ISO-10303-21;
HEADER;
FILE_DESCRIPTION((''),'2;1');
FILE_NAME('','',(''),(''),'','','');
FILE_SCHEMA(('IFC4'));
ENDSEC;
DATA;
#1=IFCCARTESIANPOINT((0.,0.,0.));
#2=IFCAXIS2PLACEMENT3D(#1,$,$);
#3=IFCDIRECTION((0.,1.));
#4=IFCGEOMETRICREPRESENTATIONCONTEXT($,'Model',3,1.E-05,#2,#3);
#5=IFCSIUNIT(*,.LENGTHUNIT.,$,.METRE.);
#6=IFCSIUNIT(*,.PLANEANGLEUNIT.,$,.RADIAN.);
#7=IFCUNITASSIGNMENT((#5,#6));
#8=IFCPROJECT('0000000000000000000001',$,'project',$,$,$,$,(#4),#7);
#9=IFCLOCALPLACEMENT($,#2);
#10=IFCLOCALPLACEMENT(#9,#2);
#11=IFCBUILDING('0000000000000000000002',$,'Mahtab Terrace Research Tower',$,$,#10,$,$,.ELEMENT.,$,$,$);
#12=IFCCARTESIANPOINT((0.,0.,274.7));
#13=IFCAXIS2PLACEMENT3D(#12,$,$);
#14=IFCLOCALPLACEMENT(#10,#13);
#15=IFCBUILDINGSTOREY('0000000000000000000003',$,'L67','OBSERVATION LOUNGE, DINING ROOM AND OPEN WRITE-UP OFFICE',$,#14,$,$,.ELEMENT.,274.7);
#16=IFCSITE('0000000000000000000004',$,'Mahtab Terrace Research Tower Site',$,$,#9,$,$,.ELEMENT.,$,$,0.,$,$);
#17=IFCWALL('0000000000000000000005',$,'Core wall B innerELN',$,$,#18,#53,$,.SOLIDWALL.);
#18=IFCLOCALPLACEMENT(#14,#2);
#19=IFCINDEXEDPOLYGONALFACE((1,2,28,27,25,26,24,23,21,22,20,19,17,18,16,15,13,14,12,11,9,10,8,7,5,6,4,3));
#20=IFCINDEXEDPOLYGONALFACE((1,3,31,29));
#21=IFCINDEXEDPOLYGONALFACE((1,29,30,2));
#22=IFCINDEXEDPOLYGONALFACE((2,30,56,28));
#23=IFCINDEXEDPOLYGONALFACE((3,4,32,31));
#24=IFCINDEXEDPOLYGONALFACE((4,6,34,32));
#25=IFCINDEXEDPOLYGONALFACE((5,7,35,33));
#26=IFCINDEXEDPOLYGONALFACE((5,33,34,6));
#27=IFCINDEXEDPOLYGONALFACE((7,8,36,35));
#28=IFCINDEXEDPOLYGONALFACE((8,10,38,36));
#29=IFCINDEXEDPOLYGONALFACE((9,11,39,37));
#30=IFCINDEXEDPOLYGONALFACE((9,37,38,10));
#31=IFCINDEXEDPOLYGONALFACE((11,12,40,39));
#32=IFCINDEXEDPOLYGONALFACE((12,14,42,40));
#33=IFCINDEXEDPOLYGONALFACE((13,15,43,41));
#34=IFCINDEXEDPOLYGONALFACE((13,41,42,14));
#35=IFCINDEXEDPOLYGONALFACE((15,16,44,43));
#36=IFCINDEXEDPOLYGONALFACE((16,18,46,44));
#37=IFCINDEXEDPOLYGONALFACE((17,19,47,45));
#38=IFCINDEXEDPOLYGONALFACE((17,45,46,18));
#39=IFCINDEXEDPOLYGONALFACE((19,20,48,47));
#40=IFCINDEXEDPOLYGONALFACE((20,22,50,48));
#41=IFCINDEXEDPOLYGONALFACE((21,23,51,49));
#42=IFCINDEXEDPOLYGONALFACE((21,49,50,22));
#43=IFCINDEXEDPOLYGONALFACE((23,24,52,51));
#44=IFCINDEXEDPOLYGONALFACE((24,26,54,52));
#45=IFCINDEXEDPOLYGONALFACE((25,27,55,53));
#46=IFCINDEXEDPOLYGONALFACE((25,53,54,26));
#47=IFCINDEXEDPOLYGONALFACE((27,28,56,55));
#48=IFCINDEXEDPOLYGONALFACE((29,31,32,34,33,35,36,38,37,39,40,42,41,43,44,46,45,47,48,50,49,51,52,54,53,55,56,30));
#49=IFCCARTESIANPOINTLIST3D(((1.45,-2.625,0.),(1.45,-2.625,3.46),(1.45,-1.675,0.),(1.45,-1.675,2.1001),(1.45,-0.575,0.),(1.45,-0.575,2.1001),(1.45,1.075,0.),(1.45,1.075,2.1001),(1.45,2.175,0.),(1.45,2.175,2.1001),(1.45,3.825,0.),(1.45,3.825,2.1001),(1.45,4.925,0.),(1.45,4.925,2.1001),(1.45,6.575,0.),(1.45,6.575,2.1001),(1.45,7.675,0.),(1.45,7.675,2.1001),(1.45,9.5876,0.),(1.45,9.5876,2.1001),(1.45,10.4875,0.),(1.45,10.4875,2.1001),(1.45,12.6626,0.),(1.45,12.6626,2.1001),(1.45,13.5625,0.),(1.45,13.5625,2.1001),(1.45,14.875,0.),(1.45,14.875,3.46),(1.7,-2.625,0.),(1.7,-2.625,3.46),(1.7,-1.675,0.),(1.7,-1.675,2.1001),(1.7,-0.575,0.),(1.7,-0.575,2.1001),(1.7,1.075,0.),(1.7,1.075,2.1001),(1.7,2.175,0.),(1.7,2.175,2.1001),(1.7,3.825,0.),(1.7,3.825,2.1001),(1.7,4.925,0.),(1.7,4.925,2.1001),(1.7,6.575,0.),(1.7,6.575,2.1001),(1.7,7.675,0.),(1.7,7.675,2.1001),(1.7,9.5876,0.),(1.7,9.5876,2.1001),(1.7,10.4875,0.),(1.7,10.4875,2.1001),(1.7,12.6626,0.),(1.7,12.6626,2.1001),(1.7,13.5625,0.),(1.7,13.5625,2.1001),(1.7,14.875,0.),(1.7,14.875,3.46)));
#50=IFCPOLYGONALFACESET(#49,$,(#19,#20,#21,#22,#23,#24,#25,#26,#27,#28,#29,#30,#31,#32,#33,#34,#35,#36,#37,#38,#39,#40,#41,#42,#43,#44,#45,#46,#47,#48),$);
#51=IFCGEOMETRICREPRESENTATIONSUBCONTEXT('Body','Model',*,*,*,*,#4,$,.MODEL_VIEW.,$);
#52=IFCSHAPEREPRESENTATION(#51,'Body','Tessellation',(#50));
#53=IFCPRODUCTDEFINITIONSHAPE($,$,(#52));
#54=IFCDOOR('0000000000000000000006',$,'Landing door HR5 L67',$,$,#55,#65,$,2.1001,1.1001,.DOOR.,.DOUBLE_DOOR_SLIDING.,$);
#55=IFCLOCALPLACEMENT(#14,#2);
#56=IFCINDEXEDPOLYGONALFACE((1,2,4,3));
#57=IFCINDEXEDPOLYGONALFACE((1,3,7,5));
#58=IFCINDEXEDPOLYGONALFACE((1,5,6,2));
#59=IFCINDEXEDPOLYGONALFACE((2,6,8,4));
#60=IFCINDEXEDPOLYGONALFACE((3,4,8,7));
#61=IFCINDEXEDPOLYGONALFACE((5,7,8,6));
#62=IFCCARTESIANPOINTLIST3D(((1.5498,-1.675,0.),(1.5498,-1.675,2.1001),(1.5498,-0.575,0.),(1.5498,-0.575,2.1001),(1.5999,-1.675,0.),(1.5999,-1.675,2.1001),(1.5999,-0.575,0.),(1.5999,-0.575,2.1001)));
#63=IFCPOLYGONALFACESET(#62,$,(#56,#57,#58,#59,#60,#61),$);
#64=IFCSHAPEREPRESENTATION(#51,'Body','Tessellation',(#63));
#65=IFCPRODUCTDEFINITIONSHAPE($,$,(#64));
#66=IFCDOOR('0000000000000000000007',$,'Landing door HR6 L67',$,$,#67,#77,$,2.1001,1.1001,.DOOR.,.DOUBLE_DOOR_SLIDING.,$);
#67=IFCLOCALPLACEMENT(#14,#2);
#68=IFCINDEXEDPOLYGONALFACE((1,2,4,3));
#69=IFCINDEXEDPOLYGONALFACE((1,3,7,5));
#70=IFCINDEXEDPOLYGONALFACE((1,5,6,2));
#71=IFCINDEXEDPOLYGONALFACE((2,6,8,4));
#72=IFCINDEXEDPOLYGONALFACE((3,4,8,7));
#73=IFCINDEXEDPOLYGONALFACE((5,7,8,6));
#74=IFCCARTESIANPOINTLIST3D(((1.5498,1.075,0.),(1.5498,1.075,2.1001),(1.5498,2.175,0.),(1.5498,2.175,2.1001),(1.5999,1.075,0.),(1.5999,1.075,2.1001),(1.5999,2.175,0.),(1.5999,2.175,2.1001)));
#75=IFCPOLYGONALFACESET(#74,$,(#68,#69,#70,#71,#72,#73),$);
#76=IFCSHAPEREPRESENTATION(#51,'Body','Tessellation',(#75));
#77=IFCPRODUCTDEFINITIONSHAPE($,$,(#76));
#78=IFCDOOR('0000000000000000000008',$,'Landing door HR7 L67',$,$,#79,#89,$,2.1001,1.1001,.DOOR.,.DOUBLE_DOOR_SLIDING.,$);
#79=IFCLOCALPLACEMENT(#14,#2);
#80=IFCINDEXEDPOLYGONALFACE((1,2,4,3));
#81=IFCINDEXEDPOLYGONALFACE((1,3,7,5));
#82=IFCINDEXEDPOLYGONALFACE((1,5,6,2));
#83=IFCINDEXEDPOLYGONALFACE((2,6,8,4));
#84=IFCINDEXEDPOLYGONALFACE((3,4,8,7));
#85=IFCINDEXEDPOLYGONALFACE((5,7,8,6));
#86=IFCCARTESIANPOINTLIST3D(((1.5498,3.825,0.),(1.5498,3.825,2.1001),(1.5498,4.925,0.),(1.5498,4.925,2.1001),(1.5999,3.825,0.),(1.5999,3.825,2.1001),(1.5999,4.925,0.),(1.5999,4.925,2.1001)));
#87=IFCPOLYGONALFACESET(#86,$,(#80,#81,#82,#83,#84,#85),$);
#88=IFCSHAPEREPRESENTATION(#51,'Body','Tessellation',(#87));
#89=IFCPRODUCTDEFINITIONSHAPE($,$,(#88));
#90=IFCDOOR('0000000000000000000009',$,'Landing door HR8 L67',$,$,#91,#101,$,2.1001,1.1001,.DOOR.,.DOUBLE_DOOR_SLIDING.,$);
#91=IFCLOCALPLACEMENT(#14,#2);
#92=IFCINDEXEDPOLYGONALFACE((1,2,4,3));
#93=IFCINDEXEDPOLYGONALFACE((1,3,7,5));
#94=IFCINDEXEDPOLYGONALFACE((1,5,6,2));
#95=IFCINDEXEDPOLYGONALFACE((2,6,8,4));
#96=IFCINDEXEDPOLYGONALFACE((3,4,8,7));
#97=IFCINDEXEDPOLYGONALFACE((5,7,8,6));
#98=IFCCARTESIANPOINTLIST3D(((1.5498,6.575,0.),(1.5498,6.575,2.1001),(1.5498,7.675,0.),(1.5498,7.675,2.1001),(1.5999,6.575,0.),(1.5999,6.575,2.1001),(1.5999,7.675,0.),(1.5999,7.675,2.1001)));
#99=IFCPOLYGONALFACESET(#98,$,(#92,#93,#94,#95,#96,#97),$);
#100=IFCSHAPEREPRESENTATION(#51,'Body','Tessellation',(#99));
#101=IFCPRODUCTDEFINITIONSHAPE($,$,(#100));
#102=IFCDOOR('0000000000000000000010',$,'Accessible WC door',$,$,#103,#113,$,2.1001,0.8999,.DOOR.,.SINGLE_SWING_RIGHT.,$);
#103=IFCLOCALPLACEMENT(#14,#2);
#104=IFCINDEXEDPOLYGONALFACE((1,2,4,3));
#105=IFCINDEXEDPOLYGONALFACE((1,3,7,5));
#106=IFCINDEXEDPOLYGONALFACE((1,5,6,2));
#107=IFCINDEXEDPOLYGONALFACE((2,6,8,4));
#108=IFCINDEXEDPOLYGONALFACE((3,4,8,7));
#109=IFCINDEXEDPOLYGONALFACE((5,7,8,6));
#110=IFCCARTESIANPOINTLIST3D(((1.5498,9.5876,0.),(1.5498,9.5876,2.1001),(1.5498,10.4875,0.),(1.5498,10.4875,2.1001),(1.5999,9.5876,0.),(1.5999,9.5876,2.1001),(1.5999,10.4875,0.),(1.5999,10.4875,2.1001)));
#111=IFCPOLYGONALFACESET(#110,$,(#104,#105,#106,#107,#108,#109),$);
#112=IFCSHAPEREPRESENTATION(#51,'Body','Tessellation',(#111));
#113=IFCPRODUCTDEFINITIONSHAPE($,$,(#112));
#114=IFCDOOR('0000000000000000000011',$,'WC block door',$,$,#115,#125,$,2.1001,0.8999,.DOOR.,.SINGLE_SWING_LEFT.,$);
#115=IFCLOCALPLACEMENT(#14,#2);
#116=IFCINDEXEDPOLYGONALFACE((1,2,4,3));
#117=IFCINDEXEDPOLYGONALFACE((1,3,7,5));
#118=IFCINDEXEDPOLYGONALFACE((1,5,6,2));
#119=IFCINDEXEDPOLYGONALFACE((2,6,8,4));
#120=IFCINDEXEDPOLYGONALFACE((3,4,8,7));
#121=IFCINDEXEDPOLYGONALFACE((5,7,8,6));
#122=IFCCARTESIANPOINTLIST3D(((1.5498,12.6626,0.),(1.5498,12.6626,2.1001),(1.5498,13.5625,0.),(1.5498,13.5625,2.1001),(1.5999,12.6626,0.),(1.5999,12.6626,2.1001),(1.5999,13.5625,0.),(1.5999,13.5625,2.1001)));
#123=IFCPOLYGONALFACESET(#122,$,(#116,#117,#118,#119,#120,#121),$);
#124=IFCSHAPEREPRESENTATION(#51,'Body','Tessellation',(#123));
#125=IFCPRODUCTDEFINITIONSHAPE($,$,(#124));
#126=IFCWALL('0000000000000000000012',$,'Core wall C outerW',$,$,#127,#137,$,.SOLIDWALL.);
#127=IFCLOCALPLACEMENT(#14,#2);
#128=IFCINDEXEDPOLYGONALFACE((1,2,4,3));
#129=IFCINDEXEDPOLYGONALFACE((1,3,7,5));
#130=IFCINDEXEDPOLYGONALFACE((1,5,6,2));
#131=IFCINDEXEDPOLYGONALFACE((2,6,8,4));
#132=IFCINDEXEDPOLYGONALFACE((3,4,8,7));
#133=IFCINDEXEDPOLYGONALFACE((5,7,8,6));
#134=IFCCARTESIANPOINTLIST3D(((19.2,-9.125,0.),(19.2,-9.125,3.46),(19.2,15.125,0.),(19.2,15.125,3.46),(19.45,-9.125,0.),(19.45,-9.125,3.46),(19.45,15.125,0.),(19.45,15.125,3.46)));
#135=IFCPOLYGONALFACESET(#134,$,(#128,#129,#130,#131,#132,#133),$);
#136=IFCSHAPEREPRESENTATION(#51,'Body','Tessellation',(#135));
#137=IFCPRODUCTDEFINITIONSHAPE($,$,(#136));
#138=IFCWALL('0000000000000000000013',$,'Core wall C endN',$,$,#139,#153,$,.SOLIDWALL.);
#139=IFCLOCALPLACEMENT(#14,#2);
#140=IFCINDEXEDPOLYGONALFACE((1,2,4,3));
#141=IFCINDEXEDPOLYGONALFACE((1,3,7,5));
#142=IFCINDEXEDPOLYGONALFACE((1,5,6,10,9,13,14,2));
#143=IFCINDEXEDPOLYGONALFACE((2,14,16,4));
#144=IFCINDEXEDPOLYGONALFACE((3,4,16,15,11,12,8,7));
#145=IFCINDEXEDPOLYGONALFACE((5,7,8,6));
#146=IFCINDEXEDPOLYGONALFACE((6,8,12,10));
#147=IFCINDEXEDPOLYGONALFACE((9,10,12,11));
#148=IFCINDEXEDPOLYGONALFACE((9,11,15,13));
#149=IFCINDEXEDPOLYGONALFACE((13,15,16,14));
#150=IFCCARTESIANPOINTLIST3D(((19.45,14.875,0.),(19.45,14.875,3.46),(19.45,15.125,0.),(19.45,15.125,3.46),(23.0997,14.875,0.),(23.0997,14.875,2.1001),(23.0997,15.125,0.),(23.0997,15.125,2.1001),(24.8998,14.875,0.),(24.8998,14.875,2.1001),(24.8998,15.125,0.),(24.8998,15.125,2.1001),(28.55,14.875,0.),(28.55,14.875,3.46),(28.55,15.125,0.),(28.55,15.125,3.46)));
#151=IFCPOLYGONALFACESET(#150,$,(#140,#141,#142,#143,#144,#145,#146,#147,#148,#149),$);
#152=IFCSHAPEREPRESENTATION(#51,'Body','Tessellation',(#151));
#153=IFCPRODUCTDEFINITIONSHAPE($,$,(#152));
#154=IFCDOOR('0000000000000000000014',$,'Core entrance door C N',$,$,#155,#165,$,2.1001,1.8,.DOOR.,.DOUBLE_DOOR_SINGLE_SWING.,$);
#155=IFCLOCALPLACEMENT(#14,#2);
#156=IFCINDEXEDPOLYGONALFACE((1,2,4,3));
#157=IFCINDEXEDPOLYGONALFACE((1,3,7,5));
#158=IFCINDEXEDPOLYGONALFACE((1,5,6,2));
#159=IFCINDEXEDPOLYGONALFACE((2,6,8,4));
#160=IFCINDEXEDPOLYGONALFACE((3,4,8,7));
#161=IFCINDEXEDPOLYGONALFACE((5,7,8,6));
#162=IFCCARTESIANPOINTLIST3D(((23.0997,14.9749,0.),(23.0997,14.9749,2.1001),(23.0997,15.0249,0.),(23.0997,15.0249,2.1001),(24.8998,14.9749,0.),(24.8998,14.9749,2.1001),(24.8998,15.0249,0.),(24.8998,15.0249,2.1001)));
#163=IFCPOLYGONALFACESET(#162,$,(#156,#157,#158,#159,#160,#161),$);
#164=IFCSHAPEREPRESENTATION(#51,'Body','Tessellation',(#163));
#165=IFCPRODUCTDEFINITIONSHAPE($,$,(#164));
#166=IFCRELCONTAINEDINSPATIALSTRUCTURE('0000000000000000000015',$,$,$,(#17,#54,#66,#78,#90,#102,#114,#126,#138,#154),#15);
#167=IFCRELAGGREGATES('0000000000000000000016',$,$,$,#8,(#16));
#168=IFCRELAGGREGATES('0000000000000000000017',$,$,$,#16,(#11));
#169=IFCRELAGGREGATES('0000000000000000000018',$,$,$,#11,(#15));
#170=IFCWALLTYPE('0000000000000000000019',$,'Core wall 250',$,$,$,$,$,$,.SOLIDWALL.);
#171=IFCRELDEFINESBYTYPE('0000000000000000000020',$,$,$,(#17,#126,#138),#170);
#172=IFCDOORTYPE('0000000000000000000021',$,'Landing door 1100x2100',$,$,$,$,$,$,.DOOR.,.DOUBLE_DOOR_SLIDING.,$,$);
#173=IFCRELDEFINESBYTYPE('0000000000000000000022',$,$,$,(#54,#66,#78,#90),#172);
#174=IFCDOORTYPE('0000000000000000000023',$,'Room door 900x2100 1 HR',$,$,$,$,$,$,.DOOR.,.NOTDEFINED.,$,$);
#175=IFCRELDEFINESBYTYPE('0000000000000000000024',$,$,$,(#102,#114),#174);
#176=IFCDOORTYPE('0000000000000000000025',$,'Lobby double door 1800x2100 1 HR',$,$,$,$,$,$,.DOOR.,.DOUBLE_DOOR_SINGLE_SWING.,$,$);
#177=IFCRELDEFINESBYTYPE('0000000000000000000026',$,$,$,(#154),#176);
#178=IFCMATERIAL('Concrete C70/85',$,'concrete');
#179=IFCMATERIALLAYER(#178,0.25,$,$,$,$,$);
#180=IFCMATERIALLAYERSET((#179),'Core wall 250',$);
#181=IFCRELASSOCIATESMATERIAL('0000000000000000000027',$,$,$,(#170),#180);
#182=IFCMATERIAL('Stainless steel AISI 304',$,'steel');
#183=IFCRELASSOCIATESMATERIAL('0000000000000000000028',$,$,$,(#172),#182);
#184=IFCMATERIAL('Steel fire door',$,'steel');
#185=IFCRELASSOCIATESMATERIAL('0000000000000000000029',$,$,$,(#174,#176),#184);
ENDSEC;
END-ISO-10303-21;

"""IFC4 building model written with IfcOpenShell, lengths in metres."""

from ifc_helpers import new_model, si_unit, direction, frame, frame_2d, origin, place, context, subcontext, project, spatial, rectangle, extrude, material, layer, layer_set, type_object, element, fill, save


model = new_model("IFC4")

# Units and contexts
model_context = context("Model", 3, precision=1e-05, world=origin(), true_north=direction((0.0, 1.0)))
body_context = subcontext(model_context, "Body", "Model", "MODEL_VIEW")
ifc_project = project(units=[si_unit("LENGTHUNIT", "METRE"), si_unit("PLANEANGLEUNIT", "RADIAN")], contexts=[model_context])

# Site, building, storey
site_placement = place(None, origin())
site = spatial("IfcSite", under=ifc_project, at=site_placement, Name="Mahtab Terrace Research Tower Site", CompositionType="ELEMENT", RefElevation=0.0)
building_placement = place(site_placement, origin())
building = spatial("IfcBuilding", under=site, at=building_placement, Name="Mahtab Terrace Research Tower", CompositionType="ELEMENT")
storey_placement = place(building_placement, frame((0.0, 0.0, 274.7)))
storey = spatial("IfcBuildingStorey", under=building, at=storey_placement, Name="L67", Description="OBSERVATION LOUNGE, DINING ROOM AND OPEN WRITE-UP OFFICE", CompositionType="ELEMENT", Elevation=274.7)

# Wall, openings, doors
ifc_material_1 = material(Name="Concrete C70/85", Category="concrete")
ifc_layer_1 = layer(ifc_material_1, 0.25)
ifc_layer_set_1 = layer_set([ifc_layer_1], Name="Core wall 250")
wall_type_1 = type_object("IfcWallType", Name="Core wall 250", PredefinedType="SOLIDWALL", material=ifc_layer_set_1)
wall_1_placement = place(storey_placement, frame((1.575, 14.875, 0.0), z_axis=(0.0, 0.0, 1.0), x_axis=(0.0, -1.0, 0.0)))
wall_1 = element("IfcWall", 1, at=wall_1_placement, inside=storey, type_object=wall_type_1, Name="Core wall B innerELN", PredefinedType="SOLIDWALL", context=body_context, shape_type="SweptSolid", body=[
    extrude(rectangle(XDim=17.5, YDim=0.25, at=frame_2d((8.75, 0.0))), origin(), (0.0, 0.0, 1.0), 3.46),
])
opening_1_placement = place(wall_1_placement, frame((15.45, 0.0, 0.0)))
opening_1 = element("IfcOpeningElement", 2, at=opening_1_placement, cuts=wall_1, PredefinedType="OPENING", context=body_context, shape_type="SweptSolid", body=[
    extrude(rectangle(XDim=1.1001, YDim=2.1001, at=frame_2d((0.55, 1.05))), frame((0.0, 0.135, 0.0), z_axis=(0.0, -1.0, 0.0), x_axis=(1.0, 0.0, 0.0)), (0.0, 0.0, 1.0), 0.27),
])
opening_2_placement = place(wall_1_placement, frame((12.7, 0.0, 0.0)))
opening_2 = element("IfcOpeningElement", 3, at=opening_2_placement, cuts=wall_1, PredefinedType="OPENING", context=body_context, shape_type="SweptSolid", body=[
    extrude(rectangle(XDim=1.1001, YDim=2.1001, at=frame_2d((0.55, 1.05))), frame((0.0, 0.135, 0.0), z_axis=(0.0, -1.0, 0.0), x_axis=(1.0, 0.0, 0.0)), (0.0, 0.0, 1.0), 0.27),
])
opening_3_placement = place(wall_1_placement, frame((9.95, 0.0, 0.0)))
opening_3 = element("IfcOpeningElement", 4, at=opening_3_placement, cuts=wall_1, PredefinedType="OPENING", context=body_context, shape_type="SweptSolid", body=[
    extrude(rectangle(XDim=1.1001, YDim=2.1001, at=frame_2d((0.55, 1.05))), frame((0.0, 0.135, 0.0), z_axis=(0.0, -1.0, 0.0), x_axis=(1.0, 0.0, 0.0)), (0.0, 0.0, 1.0), 0.27),
])
opening_4_placement = place(wall_1_placement, frame((7.2, 0.0, 0.0)))
opening_4 = element("IfcOpeningElement", 5, at=opening_4_placement, cuts=wall_1, PredefinedType="OPENING", context=body_context, shape_type="SweptSolid", body=[
    extrude(rectangle(XDim=1.1001, YDim=2.1001, at=frame_2d((0.55, 1.05))), frame((0.0, 0.135, 0.0), z_axis=(0.0, -1.0, 0.0), x_axis=(1.0, 0.0, 0.0)), (0.0, 0.0, 1.0), 0.27),
])
opening_5_placement = place(wall_1_placement, frame((4.3875, 0.0, 0.0)))
opening_5 = element("IfcOpeningElement", 6, at=opening_5_placement, cuts=wall_1, PredefinedType="OPENING", context=body_context, shape_type="SweptSolid", body=[
    extrude(rectangle(XDim=0.8999, YDim=2.1001, at=frame_2d((0.45, 1.05))), frame((0.0, 0.135, 0.0), z_axis=(0.0, -1.0, 0.0), x_axis=(1.0, 0.0, 0.0)), (0.0, 0.0, 1.0), 0.27),
])
opening_6_placement = place(wall_1_placement, frame((1.3125, 0.0, 0.0)))
opening_6 = element("IfcOpeningElement", 7, at=opening_6_placement, cuts=wall_1, PredefinedType="OPENING", context=body_context, shape_type="SweptSolid", body=[
    extrude(rectangle(XDim=0.8999, YDim=2.1001, at=frame_2d((0.45, 1.05))), frame((0.0, 0.135, 0.0), z_axis=(0.0, -1.0, 0.0), x_axis=(1.0, 0.0, 0.0)), (0.0, 0.0, 1.0), 0.27),
])
ifc_material_2 = material(Name="Stainless steel AISI 304", Category="steel")
door_type_1 = type_object("IfcDoorType", Name="Landing door 1100x2100", OperationType="DOUBLE_DOOR_SLIDING", PredefinedType="DOOR", material=ifc_material_2)
door_1_placement = place(opening_1_placement, origin())
door_1 = element("IfcDoor", 8, at=door_1_placement, inside=storey, type_object=door_type_1, Name="Landing door HR5 L67", OperationType="DOUBLE_DOOR_SLIDING", OverallHeight=2.1001, OverallWidth=1.1001, PredefinedType="DOOR", context=body_context, shape_type="SweptSolid", body=[
    extrude(rectangle(XDim=1.1001, YDim=2.1001, at=frame_2d((0.55, 1.05))), frame((0.0, 0.0249, 0.0), z_axis=(0.0, -1.0, 0.0), x_axis=(1.0, 0.0, 0.0)), (0.0, 0.0, 1.0), 0.05),
])
fill(opening_1, door_1)
door_2_placement = place(opening_2_placement, origin())
door_2 = element("IfcDoor", 9, at=door_2_placement, inside=storey, type_object=door_type_1, Name="Landing door HR6 L67", OperationType="DOUBLE_DOOR_SLIDING", OverallHeight=2.1001, OverallWidth=1.1001, PredefinedType="DOOR", context=body_context, shape_type="SweptSolid", body=[
    extrude(rectangle(XDim=1.1001, YDim=2.1001, at=frame_2d((0.55, 1.05))), frame((0.0, 0.0249, 0.0), z_axis=(0.0, -1.0, 0.0), x_axis=(1.0, 0.0, 0.0)), (0.0, 0.0, 1.0), 0.05),
])
fill(opening_2, door_2)
door_3_placement = place(opening_3_placement, origin())
door_3 = element("IfcDoor", 10, at=door_3_placement, inside=storey, type_object=door_type_1, Name="Landing door HR7 L67", OperationType="DOUBLE_DOOR_SLIDING", OverallHeight=2.1001, OverallWidth=1.1001, PredefinedType="DOOR", context=body_context, shape_type="SweptSolid", body=[
    extrude(rectangle(XDim=1.1001, YDim=2.1001, at=frame_2d((0.55, 1.05))), frame((0.0, 0.0249, 0.0), z_axis=(0.0, -1.0, 0.0), x_axis=(1.0, 0.0, 0.0)), (0.0, 0.0, 1.0), 0.05),
])
fill(opening_3, door_3)
door_4_placement = place(opening_4_placement, origin())
door_4 = element("IfcDoor", 11, at=door_4_placement, inside=storey, type_object=door_type_1, Name="Landing door HR8 L67", OperationType="DOUBLE_DOOR_SLIDING", OverallHeight=2.1001, OverallWidth=1.1001, PredefinedType="DOOR", context=body_context, shape_type="SweptSolid", body=[
    extrude(rectangle(XDim=1.1001, YDim=2.1001, at=frame_2d((0.55, 1.05))), frame((0.0, 0.0249, 0.0), z_axis=(0.0, -1.0, 0.0), x_axis=(1.0, 0.0, 0.0)), (0.0, 0.0, 1.0), 0.05),
])
fill(opening_4, door_4)
ifc_material_3 = material(Name="Steel fire door", Category="steel")
door_type_2 = type_object("IfcDoorType", Name="Room door 900x2100 1 HR", OperationType="NOTDEFINED", PredefinedType="DOOR", material=ifc_material_3)
door_5_placement = place(opening_5_placement, origin())
door_5 = element("IfcDoor", 12, at=door_5_placement, inside=storey, type_object=door_type_2, Name="Accessible WC door", OperationType="SINGLE_SWING_RIGHT", OverallHeight=2.1001, OverallWidth=0.8999, PredefinedType="DOOR", context=body_context, shape_type="SweptSolid", body=[
    extrude(rectangle(XDim=0.8999, YDim=2.1001, at=frame_2d((0.45, 1.05))), frame((0.0, 0.0249, 0.0), z_axis=(0.0, -1.0, 0.0), x_axis=(1.0, 0.0, 0.0)), (0.0, 0.0, 1.0), 0.05),
])
fill(opening_5, door_5)
door_6_placement = place(opening_6_placement, origin())
door_6 = element("IfcDoor", 13, at=door_6_placement, inside=storey, type_object=door_type_2, Name="WC block door", OperationType="SINGLE_SWING_LEFT", OverallHeight=2.1001, OverallWidth=0.8999, PredefinedType="DOOR", context=body_context, shape_type="SweptSolid", body=[
    extrude(rectangle(XDim=0.8999, YDim=2.1001, at=frame_2d((0.45, 1.05))), frame((0.0, 0.0249, 0.0), z_axis=(0.0, -1.0, 0.0), x_axis=(1.0, 0.0, 0.0)), (0.0, 0.0, 1.0), 0.05),
])
fill(opening_6, door_6)

# Wall
wall_2_placement = place(storey_placement, frame((19.325, 15.125, 0.0), z_axis=(0.0, 0.0, 1.0), x_axis=(0.0, -1.0, 0.0)))
element("IfcWall", 14, at=wall_2_placement, inside=storey, type_object=wall_type_1, Name="Core wall C outerW", PredefinedType="SOLIDWALL", context=body_context, shape_type="SweptSolid", body=[
    extrude(rectangle(XDim=24.25, YDim=0.25, at=frame_2d((12.125, 0.0))), origin(), (0.0, 0.0, 1.0), 3.46),
])

# Wall, opening, door
wall_3_placement = place(storey_placement, frame((19.45, 15.0, 0.0), z_axis=(0.0, 0.0, 1.0), x_axis=(1.0, 0.0, 0.0)))
wall_3 = element("IfcWall", 15, at=wall_3_placement, inside=storey, type_object=wall_type_1, Name="Core wall C endN", PredefinedType="SOLIDWALL", context=body_context, shape_type="SweptSolid", body=[
    extrude(rectangle(XDim=9.1001, YDim=0.25, at=frame_2d((4.55, 0.0))), origin(), (0.0, 0.0, 1.0), 3.46),
])
opening_7_placement = place(wall_3_placement, frame((3.6499, 0.0, 0.0)))
opening_7 = element("IfcOpeningElement", 16, at=opening_7_placement, cuts=wall_3, PredefinedType="OPENING", context=body_context, shape_type="SweptSolid", body=[
    extrude(rectangle(XDim=1.8, YDim=2.1001, at=frame_2d((0.8999, 1.05))), frame((0.0, 0.135, 0.0), z_axis=(0.0, -1.0, 0.0), x_axis=(1.0, 0.0, 0.0)), (0.0, 0.0, 1.0), 0.27),
])
door_type_3 = type_object("IfcDoorType", Name="Lobby double door 1800x2100 1 HR", OperationType="DOUBLE_DOOR_SINGLE_SWING", PredefinedType="DOOR", material=ifc_material_3)
door_7_placement = place(opening_7_placement, origin())
door_7 = element("IfcDoor", 17, at=door_7_placement, inside=storey, type_object=door_type_3, Name="Core entrance door C N", OperationType="DOUBLE_DOOR_SINGLE_SWING", OverallHeight=2.1001, OverallWidth=1.8, PredefinedType="DOOR", context=body_context, shape_type="SweptSolid", body=[
    extrude(rectangle(XDim=1.8, YDim=2.1001, at=frame_2d((0.8999, 1.05))), frame((0.0, 0.0249, 0.0), z_axis=(0.0, -1.0, 0.0), x_axis=(1.0, 0.0, 0.0)), (0.0, 0.0, 1.0), 0.05),
])
fill(opening_7, door_7)

save(model, "model.ifc")
